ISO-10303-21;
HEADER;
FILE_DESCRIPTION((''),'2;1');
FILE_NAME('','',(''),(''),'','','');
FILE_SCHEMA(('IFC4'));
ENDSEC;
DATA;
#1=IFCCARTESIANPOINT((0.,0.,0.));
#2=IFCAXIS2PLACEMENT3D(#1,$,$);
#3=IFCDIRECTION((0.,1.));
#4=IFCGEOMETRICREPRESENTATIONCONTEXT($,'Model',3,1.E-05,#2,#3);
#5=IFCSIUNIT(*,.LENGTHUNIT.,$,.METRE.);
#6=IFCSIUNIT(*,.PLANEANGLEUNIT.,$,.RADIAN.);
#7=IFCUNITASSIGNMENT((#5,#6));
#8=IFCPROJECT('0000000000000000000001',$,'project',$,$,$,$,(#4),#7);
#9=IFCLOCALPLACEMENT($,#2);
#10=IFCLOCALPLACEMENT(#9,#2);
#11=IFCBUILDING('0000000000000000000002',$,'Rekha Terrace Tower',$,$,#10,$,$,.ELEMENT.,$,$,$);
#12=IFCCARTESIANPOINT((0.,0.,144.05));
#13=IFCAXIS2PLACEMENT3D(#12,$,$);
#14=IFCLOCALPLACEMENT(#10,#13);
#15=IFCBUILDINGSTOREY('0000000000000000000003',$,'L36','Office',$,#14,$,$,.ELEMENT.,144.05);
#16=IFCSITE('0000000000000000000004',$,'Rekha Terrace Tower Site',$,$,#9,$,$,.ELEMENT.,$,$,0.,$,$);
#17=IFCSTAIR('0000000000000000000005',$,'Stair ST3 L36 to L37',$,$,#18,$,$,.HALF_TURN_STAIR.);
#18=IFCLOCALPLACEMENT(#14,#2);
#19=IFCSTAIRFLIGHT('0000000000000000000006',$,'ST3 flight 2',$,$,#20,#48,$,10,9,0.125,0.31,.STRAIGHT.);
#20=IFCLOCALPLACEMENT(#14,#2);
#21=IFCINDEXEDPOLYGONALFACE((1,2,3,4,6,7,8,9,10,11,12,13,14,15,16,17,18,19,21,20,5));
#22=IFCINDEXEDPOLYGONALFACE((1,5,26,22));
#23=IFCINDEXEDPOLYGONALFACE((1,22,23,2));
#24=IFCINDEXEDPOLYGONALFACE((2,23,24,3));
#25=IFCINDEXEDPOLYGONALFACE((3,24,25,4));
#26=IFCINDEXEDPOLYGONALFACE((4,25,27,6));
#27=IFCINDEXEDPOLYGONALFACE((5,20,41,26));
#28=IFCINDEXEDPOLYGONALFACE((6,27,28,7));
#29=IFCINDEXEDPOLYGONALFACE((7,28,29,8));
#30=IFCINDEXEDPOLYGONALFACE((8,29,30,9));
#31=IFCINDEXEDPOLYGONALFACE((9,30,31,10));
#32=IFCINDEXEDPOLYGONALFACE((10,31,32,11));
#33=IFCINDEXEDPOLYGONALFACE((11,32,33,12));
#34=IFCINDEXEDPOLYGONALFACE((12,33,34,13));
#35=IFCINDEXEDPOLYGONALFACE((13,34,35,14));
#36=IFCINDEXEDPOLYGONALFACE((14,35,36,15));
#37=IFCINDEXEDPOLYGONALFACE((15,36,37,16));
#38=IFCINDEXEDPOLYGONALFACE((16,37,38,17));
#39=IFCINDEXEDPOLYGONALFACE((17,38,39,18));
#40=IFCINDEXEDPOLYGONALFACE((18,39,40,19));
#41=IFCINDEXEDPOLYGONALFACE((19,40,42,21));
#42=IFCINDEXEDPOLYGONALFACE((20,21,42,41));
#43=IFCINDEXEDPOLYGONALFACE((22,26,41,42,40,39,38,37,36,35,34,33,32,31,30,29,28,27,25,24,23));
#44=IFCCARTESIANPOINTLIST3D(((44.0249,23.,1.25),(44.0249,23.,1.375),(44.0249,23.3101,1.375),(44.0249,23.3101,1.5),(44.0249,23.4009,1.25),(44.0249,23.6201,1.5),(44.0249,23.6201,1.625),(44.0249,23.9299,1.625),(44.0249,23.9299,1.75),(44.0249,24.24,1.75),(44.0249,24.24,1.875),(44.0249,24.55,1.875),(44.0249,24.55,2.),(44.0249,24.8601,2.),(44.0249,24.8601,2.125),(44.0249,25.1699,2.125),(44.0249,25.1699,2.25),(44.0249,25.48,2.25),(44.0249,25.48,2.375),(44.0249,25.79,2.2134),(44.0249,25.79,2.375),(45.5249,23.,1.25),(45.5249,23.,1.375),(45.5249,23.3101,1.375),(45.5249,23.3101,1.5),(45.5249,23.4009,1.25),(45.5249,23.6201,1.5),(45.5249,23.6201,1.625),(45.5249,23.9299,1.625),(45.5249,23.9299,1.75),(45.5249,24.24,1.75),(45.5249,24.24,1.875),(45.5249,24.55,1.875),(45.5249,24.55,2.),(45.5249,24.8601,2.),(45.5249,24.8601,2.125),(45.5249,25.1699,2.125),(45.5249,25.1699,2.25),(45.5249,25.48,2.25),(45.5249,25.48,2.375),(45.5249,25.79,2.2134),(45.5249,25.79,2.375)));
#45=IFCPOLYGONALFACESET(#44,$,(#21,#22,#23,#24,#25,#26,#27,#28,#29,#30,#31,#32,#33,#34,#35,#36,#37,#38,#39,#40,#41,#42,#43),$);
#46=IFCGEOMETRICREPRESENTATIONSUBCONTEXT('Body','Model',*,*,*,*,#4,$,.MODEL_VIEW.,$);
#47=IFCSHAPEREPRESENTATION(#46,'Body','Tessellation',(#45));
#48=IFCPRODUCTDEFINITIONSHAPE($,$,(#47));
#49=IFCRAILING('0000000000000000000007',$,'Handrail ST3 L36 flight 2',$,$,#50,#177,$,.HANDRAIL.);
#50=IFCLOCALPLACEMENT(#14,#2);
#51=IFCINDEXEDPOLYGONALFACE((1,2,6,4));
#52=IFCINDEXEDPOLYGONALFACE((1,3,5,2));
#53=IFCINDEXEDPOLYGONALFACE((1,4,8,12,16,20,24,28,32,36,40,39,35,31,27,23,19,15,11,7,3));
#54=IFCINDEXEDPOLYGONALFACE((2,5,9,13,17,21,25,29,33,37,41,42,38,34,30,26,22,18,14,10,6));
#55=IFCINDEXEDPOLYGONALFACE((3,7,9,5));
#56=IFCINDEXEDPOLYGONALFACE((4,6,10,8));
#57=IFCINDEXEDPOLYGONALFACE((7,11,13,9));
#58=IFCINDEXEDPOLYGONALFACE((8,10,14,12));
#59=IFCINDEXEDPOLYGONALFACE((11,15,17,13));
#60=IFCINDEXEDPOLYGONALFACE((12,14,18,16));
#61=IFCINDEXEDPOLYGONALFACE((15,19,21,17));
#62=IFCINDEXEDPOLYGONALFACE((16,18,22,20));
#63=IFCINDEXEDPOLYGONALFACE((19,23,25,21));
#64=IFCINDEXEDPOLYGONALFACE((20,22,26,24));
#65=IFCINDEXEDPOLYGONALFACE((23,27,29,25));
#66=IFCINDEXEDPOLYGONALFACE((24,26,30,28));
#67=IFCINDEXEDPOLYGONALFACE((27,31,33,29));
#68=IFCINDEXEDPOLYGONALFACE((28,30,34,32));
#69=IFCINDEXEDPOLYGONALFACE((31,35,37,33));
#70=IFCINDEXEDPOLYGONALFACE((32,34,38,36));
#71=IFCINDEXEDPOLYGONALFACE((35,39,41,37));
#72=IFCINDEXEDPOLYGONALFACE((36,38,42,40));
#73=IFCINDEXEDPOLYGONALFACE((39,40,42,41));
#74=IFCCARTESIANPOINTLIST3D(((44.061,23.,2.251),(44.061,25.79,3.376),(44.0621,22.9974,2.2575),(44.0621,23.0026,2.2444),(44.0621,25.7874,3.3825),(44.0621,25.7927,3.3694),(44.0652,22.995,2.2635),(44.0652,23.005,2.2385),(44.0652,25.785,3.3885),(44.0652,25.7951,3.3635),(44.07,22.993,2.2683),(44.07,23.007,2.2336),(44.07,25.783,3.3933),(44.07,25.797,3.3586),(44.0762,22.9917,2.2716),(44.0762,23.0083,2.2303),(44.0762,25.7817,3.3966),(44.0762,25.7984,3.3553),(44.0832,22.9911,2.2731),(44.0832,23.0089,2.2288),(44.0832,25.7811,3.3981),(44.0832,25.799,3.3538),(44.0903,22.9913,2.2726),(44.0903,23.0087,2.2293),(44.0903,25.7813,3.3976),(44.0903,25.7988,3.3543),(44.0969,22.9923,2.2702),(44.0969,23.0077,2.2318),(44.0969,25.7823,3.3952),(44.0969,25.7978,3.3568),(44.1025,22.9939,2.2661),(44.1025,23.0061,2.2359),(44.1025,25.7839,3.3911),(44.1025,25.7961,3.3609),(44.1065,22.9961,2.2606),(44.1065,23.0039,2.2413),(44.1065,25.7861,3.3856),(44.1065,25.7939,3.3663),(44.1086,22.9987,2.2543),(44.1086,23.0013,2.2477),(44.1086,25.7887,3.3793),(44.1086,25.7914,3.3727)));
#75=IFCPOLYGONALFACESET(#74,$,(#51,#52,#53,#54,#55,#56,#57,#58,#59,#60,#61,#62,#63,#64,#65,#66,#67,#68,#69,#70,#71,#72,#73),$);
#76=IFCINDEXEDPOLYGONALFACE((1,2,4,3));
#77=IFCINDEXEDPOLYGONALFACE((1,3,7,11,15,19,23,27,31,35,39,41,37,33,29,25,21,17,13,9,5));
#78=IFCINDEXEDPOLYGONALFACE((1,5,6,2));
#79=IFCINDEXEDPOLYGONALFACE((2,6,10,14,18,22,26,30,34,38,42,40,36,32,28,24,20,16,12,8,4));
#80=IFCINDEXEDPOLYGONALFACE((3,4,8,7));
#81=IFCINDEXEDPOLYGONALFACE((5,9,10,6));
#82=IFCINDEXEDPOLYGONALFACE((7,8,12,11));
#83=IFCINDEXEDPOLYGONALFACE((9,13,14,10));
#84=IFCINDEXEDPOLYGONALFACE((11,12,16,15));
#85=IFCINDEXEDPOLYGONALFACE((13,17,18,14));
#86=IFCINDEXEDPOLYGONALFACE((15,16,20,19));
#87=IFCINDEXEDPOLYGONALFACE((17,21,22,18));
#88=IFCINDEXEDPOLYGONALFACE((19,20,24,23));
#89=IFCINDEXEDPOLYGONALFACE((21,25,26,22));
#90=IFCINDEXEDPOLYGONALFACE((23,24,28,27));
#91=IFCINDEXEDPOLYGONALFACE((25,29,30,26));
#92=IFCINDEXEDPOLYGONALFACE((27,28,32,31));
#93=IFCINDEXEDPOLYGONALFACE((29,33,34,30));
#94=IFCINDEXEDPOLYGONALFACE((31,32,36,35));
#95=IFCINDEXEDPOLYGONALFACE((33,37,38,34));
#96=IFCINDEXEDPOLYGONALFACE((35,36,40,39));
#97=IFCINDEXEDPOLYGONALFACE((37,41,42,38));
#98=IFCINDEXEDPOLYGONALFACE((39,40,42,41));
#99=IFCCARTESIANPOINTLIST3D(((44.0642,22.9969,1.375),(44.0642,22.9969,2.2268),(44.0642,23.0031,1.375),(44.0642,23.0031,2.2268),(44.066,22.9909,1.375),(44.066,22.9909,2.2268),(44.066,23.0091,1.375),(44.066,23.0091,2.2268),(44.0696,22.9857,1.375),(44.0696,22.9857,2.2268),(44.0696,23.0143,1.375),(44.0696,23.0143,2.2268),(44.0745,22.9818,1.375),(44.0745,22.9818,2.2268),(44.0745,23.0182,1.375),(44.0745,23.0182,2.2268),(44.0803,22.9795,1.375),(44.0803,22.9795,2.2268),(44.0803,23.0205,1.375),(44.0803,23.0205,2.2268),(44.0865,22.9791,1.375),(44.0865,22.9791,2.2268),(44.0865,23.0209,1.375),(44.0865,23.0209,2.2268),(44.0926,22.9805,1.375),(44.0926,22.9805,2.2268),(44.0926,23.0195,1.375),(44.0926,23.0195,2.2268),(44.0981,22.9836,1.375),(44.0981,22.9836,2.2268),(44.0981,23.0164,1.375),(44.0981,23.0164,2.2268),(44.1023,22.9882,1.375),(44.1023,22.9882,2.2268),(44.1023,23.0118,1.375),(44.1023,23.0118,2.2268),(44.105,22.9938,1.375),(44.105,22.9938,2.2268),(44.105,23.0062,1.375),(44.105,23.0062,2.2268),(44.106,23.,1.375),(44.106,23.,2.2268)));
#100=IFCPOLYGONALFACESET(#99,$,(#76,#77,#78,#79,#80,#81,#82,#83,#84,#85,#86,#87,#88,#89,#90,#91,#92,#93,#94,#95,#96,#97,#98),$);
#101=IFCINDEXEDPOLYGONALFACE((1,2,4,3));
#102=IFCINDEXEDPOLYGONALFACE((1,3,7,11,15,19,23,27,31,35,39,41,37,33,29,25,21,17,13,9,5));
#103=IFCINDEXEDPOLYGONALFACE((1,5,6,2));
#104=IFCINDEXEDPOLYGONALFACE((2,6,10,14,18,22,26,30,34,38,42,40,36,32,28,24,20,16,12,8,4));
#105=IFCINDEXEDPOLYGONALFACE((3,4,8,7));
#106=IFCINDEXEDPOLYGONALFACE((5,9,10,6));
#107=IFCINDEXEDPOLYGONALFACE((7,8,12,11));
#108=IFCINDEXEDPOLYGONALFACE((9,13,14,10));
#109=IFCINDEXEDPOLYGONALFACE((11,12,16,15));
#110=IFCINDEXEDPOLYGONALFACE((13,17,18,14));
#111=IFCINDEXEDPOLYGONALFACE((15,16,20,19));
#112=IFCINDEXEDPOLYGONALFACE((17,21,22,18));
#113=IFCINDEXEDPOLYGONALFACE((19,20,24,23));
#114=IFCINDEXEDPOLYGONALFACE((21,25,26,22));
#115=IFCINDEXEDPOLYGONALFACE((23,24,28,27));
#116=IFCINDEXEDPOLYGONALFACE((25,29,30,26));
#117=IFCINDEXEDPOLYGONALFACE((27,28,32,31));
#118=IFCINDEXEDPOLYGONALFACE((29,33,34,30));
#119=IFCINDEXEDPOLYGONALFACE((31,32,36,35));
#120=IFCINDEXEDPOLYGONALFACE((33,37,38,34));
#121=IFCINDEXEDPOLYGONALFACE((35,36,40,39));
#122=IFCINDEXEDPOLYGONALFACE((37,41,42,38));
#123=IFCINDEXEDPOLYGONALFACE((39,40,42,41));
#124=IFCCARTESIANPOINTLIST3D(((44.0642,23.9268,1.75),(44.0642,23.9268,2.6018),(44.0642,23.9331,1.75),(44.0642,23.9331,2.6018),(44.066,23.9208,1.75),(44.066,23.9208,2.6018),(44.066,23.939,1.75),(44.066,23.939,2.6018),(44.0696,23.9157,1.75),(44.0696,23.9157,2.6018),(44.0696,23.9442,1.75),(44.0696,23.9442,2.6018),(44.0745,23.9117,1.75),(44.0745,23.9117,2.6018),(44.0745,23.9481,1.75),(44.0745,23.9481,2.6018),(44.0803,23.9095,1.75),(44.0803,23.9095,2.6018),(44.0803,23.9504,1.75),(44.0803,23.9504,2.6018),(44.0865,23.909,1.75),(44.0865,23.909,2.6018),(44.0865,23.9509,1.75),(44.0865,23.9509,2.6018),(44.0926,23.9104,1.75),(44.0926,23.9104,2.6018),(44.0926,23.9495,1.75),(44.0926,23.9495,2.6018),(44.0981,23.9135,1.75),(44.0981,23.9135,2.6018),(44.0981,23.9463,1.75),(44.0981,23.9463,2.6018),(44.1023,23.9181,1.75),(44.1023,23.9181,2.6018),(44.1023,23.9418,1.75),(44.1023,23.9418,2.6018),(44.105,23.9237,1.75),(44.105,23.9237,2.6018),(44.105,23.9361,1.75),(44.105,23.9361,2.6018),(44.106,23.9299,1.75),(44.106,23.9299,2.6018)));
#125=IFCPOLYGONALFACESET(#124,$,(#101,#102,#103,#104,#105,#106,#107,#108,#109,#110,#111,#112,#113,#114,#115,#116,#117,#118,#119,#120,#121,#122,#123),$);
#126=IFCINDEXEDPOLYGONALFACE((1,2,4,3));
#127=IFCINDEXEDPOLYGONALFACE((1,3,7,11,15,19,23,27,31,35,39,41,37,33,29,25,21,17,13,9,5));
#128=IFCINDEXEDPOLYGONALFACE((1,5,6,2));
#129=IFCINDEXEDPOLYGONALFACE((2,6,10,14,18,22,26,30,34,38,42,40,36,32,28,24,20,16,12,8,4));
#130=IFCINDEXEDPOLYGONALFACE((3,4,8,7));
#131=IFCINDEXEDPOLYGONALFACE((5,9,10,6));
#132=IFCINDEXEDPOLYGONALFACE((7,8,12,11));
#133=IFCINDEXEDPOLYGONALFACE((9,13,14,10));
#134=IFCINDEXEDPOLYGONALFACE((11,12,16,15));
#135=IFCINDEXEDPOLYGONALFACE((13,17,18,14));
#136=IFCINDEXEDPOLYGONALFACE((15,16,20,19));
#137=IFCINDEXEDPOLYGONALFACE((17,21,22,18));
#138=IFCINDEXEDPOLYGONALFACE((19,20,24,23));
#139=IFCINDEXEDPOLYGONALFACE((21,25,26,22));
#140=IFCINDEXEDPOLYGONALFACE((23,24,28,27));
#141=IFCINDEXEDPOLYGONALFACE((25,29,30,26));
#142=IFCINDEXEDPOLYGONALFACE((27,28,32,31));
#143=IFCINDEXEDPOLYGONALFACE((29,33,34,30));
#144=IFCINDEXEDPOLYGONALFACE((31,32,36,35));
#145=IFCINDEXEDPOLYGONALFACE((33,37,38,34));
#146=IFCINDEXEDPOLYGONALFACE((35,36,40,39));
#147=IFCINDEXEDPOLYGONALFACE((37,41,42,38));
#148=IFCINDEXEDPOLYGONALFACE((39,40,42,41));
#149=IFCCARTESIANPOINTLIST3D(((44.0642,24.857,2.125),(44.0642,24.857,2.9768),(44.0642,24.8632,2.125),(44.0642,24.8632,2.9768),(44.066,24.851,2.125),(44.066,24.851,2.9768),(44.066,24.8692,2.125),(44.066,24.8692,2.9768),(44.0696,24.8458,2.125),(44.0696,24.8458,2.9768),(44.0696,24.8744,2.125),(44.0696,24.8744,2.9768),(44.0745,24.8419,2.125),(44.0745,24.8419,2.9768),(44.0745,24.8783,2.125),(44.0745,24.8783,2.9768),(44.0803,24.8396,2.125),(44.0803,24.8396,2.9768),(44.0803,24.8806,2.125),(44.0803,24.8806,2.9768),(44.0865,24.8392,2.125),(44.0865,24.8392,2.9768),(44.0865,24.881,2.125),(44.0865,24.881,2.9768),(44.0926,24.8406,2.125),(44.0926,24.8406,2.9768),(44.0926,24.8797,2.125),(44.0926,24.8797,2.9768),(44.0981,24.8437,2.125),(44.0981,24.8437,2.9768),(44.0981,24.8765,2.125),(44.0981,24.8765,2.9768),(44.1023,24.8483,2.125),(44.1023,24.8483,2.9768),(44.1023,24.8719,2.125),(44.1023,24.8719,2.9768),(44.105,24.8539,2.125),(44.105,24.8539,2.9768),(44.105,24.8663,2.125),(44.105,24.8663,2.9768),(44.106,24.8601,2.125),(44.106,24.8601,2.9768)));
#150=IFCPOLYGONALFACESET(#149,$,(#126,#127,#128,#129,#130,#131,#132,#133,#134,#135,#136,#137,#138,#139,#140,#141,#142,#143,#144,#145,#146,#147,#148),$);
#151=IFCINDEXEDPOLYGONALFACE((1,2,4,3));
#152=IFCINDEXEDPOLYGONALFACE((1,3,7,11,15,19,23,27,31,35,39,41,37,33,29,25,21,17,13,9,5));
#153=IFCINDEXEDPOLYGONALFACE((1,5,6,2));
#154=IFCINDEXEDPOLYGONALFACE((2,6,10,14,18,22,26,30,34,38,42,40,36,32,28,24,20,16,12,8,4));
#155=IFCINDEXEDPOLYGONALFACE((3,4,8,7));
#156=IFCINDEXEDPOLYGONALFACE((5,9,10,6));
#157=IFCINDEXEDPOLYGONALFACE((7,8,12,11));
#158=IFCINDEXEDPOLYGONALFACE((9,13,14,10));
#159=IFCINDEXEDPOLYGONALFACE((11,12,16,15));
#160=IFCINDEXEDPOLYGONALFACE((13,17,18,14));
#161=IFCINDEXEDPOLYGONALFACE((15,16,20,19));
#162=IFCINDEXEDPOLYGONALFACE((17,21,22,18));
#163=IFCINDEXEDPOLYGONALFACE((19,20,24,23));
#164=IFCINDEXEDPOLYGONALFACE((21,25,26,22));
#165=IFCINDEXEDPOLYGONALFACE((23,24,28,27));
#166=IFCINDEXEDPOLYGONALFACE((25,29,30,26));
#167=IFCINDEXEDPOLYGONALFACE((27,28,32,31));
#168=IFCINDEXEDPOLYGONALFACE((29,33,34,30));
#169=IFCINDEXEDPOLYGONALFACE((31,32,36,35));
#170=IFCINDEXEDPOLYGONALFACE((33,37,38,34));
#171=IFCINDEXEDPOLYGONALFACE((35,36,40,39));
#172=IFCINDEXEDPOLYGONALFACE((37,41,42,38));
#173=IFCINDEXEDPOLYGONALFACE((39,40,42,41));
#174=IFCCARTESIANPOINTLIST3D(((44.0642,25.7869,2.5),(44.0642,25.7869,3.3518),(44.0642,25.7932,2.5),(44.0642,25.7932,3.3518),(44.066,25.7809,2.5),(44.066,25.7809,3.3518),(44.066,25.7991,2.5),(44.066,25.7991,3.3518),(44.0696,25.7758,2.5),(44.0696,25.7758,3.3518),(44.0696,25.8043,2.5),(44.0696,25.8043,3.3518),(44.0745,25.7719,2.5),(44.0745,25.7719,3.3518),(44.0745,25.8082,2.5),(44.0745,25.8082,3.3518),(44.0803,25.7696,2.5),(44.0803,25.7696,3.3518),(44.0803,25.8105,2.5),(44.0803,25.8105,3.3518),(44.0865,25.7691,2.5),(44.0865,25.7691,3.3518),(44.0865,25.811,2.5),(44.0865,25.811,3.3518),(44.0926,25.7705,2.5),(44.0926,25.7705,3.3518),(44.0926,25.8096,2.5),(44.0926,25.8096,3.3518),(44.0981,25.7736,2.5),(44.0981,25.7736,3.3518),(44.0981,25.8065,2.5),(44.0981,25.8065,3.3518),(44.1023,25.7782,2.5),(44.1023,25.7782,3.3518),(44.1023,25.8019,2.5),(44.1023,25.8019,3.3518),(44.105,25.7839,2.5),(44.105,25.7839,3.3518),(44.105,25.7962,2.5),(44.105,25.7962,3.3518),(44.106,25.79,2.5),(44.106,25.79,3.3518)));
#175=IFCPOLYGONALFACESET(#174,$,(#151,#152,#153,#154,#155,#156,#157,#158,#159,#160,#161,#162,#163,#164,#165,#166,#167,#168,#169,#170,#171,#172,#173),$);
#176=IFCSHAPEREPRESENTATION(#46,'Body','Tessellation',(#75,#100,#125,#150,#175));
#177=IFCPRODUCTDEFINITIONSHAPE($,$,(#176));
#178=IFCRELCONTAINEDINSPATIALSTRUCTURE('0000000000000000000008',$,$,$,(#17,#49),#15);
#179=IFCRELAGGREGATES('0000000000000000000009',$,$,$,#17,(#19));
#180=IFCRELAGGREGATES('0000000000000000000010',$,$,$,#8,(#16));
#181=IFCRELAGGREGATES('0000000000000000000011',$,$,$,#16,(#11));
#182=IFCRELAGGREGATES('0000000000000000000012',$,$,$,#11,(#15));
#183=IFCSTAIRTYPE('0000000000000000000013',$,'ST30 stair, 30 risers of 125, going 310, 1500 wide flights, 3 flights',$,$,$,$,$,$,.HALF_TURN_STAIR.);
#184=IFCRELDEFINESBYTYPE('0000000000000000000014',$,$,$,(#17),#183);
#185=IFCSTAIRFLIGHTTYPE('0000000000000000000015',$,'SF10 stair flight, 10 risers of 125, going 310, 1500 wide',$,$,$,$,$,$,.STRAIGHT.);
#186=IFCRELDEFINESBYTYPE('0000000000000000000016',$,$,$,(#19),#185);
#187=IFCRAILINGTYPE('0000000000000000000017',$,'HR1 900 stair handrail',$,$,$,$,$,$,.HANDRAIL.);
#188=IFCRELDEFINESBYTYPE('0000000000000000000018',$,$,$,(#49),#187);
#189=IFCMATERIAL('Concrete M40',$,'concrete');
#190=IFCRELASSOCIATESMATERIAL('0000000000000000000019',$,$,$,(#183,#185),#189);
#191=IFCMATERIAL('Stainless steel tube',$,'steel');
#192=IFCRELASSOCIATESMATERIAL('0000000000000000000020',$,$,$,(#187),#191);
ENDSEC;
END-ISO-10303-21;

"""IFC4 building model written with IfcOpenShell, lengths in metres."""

from ifc_helpers import new_model, si_unit, direction, frame, origin, origin_2d, place, context, subcontext, project, spatial, polyline, circle, outline, extrude, material, type_object, element, aggregate, save


model = new_model("IFC4")

# Units and contexts
model_context = context("Model", 3, precision=1e-05, world=origin(), true_north=direction((0.0, 1.0)))
body_context = subcontext(model_context, "Body", "Model", "MODEL_VIEW")
ifc_project = project(units=[si_unit("LENGTHUNIT", "METRE"), si_unit("PLANEANGLEUNIT", "RADIAN")], contexts=[model_context])

# Site, building, storey
site_placement = place(None, origin())
site = spatial("IfcSite", under=ifc_project, at=site_placement, Name="Rekha Terrace Tower Site", CompositionType="ELEMENT", RefElevation=0.0)
building_placement = place(site_placement, origin())
building = spatial("IfcBuilding", under=site, at=building_placement, Name="Rekha Terrace Tower", CompositionType="ELEMENT")
storey_placement = place(building_placement, frame((0.0, 0.0, 144.05)))
storey = spatial("IfcBuildingStorey", under=building, at=storey_placement, Name="L36", Description="Office", CompositionType="ELEMENT", Elevation=144.05)

# Stair, stair flight
ifc_material_1 = material(Name="Concrete M40", Category="concrete")
stair_type = type_object("IfcStairType", Name="ST30 stair, 30 risers of 125, going 310, 1500 wide flights, 3 flights", PredefinedType="HALF_TURN_STAIR", material=ifc_material_1)
stair_placement = place(storey_placement, origin())
stair = element("IfcStair", 1, at=stair_placement, inside=storey, type_object=stair_type, Name="Stair ST3 L36 to L37", PredefinedType="HALF_TURN_STAIR")
stair_flight_type = type_object("IfcStairFlightType", Name="SF10 stair flight, 10 risers of 125, going 310, 1500 wide", PredefinedType="STRAIGHT", material=ifc_material_1)
stair_flight_placement = place(storey_placement, frame((44.7749, 23.0, 1.25), z_axis=(0.0, 0.0, 1.0), x_axis=(0.0, 1.0, 0.0)))
stair_flight = element("IfcStairFlight", 2, at=stair_flight_placement, type_object=stair_flight_type, Name="ST3 flight 2", NumberOfRisers=10, NumberOfTreads=9, PredefinedType="STRAIGHT", RiserHeight=0.125, TreadLength=0.31, context=body_context, shape_type="SweptSolid", body=[
    extrude(outline(polyline([(0.0, 0.0), (0.0, 0.125), (0.3101, 0.125), (0.3101, 0.25), (0.6201, 0.25), (0.6201, 0.375), (0.9299, 0.375), (0.9299, 0.5), (1.24, 0.5), (1.24, 0.625), (1.55, 0.625), (1.55, 0.75), (1.8601, 0.75), (1.8601, 0.875), (2.1699, 0.875), (2.1699, 1.0), (2.48, 1.0), (2.48, 1.125), (2.79, 1.125), (2.79, 1.25), (2.79, 0.9634), (0.4009, 0.0), (0.0, 0.0)])), frame((0.0, 0.75, 0.0), z_axis=(0.0, -1.0, 0.0), x_axis=(1.0, 0.0, 0.0)), (0.0, 0.0, 1.0), 1.5),
])
aggregate(stair, [stair_flight])

# Railing
ifc_material_2 = material(Name="Stainless steel tube", Category="steel")
railing_type = type_object("IfcRailingType", Name="HR1 900 stair handrail", PredefinedType="HANDRAIL", material=ifc_material_2)
railing_placement = place(storey_placement, frame((44.085, 23.0, 1.375)))
element("IfcRailing", 3, at=railing_placement, inside=storey, type_object=railing_type, Name="Handrail ST3 L36 flight 2", PredefinedType="HANDRAIL", context=body_context, shape_type="SweptSolid", body=[
    extrude(circle(Radius=0.0239, at=origin_2d()), frame((0.0, 0.0, 0.876), z_axis=(0.0, 0.927443, 0.373964), x_axis=(-1.0, 0.0, 0.0)), (0.0, 0.0, 1.0), 3.0083),
    extrude(circle(Radius=0.021, at=origin_2d()), origin(), (0.0, 0.0, 1.0), 0.8518),
    extrude(circle(Radius=0.021, at=origin_2d()), frame((0.0, 0.9299, 0.375)), (0.0, 0.0, 1.0), 0.8518),
    extrude(circle(Radius=0.021, at=origin_2d()), frame((0.0, 1.8601, 0.75)), (0.0, 0.0, 1.0), 0.8518),
    extrude(circle(Radius=0.021, at=origin_2d()), frame((0.0, 2.79, 1.125)), (0.0, 0.0, 1.0), 0.8518),
])

save(model, "model.ifc")
